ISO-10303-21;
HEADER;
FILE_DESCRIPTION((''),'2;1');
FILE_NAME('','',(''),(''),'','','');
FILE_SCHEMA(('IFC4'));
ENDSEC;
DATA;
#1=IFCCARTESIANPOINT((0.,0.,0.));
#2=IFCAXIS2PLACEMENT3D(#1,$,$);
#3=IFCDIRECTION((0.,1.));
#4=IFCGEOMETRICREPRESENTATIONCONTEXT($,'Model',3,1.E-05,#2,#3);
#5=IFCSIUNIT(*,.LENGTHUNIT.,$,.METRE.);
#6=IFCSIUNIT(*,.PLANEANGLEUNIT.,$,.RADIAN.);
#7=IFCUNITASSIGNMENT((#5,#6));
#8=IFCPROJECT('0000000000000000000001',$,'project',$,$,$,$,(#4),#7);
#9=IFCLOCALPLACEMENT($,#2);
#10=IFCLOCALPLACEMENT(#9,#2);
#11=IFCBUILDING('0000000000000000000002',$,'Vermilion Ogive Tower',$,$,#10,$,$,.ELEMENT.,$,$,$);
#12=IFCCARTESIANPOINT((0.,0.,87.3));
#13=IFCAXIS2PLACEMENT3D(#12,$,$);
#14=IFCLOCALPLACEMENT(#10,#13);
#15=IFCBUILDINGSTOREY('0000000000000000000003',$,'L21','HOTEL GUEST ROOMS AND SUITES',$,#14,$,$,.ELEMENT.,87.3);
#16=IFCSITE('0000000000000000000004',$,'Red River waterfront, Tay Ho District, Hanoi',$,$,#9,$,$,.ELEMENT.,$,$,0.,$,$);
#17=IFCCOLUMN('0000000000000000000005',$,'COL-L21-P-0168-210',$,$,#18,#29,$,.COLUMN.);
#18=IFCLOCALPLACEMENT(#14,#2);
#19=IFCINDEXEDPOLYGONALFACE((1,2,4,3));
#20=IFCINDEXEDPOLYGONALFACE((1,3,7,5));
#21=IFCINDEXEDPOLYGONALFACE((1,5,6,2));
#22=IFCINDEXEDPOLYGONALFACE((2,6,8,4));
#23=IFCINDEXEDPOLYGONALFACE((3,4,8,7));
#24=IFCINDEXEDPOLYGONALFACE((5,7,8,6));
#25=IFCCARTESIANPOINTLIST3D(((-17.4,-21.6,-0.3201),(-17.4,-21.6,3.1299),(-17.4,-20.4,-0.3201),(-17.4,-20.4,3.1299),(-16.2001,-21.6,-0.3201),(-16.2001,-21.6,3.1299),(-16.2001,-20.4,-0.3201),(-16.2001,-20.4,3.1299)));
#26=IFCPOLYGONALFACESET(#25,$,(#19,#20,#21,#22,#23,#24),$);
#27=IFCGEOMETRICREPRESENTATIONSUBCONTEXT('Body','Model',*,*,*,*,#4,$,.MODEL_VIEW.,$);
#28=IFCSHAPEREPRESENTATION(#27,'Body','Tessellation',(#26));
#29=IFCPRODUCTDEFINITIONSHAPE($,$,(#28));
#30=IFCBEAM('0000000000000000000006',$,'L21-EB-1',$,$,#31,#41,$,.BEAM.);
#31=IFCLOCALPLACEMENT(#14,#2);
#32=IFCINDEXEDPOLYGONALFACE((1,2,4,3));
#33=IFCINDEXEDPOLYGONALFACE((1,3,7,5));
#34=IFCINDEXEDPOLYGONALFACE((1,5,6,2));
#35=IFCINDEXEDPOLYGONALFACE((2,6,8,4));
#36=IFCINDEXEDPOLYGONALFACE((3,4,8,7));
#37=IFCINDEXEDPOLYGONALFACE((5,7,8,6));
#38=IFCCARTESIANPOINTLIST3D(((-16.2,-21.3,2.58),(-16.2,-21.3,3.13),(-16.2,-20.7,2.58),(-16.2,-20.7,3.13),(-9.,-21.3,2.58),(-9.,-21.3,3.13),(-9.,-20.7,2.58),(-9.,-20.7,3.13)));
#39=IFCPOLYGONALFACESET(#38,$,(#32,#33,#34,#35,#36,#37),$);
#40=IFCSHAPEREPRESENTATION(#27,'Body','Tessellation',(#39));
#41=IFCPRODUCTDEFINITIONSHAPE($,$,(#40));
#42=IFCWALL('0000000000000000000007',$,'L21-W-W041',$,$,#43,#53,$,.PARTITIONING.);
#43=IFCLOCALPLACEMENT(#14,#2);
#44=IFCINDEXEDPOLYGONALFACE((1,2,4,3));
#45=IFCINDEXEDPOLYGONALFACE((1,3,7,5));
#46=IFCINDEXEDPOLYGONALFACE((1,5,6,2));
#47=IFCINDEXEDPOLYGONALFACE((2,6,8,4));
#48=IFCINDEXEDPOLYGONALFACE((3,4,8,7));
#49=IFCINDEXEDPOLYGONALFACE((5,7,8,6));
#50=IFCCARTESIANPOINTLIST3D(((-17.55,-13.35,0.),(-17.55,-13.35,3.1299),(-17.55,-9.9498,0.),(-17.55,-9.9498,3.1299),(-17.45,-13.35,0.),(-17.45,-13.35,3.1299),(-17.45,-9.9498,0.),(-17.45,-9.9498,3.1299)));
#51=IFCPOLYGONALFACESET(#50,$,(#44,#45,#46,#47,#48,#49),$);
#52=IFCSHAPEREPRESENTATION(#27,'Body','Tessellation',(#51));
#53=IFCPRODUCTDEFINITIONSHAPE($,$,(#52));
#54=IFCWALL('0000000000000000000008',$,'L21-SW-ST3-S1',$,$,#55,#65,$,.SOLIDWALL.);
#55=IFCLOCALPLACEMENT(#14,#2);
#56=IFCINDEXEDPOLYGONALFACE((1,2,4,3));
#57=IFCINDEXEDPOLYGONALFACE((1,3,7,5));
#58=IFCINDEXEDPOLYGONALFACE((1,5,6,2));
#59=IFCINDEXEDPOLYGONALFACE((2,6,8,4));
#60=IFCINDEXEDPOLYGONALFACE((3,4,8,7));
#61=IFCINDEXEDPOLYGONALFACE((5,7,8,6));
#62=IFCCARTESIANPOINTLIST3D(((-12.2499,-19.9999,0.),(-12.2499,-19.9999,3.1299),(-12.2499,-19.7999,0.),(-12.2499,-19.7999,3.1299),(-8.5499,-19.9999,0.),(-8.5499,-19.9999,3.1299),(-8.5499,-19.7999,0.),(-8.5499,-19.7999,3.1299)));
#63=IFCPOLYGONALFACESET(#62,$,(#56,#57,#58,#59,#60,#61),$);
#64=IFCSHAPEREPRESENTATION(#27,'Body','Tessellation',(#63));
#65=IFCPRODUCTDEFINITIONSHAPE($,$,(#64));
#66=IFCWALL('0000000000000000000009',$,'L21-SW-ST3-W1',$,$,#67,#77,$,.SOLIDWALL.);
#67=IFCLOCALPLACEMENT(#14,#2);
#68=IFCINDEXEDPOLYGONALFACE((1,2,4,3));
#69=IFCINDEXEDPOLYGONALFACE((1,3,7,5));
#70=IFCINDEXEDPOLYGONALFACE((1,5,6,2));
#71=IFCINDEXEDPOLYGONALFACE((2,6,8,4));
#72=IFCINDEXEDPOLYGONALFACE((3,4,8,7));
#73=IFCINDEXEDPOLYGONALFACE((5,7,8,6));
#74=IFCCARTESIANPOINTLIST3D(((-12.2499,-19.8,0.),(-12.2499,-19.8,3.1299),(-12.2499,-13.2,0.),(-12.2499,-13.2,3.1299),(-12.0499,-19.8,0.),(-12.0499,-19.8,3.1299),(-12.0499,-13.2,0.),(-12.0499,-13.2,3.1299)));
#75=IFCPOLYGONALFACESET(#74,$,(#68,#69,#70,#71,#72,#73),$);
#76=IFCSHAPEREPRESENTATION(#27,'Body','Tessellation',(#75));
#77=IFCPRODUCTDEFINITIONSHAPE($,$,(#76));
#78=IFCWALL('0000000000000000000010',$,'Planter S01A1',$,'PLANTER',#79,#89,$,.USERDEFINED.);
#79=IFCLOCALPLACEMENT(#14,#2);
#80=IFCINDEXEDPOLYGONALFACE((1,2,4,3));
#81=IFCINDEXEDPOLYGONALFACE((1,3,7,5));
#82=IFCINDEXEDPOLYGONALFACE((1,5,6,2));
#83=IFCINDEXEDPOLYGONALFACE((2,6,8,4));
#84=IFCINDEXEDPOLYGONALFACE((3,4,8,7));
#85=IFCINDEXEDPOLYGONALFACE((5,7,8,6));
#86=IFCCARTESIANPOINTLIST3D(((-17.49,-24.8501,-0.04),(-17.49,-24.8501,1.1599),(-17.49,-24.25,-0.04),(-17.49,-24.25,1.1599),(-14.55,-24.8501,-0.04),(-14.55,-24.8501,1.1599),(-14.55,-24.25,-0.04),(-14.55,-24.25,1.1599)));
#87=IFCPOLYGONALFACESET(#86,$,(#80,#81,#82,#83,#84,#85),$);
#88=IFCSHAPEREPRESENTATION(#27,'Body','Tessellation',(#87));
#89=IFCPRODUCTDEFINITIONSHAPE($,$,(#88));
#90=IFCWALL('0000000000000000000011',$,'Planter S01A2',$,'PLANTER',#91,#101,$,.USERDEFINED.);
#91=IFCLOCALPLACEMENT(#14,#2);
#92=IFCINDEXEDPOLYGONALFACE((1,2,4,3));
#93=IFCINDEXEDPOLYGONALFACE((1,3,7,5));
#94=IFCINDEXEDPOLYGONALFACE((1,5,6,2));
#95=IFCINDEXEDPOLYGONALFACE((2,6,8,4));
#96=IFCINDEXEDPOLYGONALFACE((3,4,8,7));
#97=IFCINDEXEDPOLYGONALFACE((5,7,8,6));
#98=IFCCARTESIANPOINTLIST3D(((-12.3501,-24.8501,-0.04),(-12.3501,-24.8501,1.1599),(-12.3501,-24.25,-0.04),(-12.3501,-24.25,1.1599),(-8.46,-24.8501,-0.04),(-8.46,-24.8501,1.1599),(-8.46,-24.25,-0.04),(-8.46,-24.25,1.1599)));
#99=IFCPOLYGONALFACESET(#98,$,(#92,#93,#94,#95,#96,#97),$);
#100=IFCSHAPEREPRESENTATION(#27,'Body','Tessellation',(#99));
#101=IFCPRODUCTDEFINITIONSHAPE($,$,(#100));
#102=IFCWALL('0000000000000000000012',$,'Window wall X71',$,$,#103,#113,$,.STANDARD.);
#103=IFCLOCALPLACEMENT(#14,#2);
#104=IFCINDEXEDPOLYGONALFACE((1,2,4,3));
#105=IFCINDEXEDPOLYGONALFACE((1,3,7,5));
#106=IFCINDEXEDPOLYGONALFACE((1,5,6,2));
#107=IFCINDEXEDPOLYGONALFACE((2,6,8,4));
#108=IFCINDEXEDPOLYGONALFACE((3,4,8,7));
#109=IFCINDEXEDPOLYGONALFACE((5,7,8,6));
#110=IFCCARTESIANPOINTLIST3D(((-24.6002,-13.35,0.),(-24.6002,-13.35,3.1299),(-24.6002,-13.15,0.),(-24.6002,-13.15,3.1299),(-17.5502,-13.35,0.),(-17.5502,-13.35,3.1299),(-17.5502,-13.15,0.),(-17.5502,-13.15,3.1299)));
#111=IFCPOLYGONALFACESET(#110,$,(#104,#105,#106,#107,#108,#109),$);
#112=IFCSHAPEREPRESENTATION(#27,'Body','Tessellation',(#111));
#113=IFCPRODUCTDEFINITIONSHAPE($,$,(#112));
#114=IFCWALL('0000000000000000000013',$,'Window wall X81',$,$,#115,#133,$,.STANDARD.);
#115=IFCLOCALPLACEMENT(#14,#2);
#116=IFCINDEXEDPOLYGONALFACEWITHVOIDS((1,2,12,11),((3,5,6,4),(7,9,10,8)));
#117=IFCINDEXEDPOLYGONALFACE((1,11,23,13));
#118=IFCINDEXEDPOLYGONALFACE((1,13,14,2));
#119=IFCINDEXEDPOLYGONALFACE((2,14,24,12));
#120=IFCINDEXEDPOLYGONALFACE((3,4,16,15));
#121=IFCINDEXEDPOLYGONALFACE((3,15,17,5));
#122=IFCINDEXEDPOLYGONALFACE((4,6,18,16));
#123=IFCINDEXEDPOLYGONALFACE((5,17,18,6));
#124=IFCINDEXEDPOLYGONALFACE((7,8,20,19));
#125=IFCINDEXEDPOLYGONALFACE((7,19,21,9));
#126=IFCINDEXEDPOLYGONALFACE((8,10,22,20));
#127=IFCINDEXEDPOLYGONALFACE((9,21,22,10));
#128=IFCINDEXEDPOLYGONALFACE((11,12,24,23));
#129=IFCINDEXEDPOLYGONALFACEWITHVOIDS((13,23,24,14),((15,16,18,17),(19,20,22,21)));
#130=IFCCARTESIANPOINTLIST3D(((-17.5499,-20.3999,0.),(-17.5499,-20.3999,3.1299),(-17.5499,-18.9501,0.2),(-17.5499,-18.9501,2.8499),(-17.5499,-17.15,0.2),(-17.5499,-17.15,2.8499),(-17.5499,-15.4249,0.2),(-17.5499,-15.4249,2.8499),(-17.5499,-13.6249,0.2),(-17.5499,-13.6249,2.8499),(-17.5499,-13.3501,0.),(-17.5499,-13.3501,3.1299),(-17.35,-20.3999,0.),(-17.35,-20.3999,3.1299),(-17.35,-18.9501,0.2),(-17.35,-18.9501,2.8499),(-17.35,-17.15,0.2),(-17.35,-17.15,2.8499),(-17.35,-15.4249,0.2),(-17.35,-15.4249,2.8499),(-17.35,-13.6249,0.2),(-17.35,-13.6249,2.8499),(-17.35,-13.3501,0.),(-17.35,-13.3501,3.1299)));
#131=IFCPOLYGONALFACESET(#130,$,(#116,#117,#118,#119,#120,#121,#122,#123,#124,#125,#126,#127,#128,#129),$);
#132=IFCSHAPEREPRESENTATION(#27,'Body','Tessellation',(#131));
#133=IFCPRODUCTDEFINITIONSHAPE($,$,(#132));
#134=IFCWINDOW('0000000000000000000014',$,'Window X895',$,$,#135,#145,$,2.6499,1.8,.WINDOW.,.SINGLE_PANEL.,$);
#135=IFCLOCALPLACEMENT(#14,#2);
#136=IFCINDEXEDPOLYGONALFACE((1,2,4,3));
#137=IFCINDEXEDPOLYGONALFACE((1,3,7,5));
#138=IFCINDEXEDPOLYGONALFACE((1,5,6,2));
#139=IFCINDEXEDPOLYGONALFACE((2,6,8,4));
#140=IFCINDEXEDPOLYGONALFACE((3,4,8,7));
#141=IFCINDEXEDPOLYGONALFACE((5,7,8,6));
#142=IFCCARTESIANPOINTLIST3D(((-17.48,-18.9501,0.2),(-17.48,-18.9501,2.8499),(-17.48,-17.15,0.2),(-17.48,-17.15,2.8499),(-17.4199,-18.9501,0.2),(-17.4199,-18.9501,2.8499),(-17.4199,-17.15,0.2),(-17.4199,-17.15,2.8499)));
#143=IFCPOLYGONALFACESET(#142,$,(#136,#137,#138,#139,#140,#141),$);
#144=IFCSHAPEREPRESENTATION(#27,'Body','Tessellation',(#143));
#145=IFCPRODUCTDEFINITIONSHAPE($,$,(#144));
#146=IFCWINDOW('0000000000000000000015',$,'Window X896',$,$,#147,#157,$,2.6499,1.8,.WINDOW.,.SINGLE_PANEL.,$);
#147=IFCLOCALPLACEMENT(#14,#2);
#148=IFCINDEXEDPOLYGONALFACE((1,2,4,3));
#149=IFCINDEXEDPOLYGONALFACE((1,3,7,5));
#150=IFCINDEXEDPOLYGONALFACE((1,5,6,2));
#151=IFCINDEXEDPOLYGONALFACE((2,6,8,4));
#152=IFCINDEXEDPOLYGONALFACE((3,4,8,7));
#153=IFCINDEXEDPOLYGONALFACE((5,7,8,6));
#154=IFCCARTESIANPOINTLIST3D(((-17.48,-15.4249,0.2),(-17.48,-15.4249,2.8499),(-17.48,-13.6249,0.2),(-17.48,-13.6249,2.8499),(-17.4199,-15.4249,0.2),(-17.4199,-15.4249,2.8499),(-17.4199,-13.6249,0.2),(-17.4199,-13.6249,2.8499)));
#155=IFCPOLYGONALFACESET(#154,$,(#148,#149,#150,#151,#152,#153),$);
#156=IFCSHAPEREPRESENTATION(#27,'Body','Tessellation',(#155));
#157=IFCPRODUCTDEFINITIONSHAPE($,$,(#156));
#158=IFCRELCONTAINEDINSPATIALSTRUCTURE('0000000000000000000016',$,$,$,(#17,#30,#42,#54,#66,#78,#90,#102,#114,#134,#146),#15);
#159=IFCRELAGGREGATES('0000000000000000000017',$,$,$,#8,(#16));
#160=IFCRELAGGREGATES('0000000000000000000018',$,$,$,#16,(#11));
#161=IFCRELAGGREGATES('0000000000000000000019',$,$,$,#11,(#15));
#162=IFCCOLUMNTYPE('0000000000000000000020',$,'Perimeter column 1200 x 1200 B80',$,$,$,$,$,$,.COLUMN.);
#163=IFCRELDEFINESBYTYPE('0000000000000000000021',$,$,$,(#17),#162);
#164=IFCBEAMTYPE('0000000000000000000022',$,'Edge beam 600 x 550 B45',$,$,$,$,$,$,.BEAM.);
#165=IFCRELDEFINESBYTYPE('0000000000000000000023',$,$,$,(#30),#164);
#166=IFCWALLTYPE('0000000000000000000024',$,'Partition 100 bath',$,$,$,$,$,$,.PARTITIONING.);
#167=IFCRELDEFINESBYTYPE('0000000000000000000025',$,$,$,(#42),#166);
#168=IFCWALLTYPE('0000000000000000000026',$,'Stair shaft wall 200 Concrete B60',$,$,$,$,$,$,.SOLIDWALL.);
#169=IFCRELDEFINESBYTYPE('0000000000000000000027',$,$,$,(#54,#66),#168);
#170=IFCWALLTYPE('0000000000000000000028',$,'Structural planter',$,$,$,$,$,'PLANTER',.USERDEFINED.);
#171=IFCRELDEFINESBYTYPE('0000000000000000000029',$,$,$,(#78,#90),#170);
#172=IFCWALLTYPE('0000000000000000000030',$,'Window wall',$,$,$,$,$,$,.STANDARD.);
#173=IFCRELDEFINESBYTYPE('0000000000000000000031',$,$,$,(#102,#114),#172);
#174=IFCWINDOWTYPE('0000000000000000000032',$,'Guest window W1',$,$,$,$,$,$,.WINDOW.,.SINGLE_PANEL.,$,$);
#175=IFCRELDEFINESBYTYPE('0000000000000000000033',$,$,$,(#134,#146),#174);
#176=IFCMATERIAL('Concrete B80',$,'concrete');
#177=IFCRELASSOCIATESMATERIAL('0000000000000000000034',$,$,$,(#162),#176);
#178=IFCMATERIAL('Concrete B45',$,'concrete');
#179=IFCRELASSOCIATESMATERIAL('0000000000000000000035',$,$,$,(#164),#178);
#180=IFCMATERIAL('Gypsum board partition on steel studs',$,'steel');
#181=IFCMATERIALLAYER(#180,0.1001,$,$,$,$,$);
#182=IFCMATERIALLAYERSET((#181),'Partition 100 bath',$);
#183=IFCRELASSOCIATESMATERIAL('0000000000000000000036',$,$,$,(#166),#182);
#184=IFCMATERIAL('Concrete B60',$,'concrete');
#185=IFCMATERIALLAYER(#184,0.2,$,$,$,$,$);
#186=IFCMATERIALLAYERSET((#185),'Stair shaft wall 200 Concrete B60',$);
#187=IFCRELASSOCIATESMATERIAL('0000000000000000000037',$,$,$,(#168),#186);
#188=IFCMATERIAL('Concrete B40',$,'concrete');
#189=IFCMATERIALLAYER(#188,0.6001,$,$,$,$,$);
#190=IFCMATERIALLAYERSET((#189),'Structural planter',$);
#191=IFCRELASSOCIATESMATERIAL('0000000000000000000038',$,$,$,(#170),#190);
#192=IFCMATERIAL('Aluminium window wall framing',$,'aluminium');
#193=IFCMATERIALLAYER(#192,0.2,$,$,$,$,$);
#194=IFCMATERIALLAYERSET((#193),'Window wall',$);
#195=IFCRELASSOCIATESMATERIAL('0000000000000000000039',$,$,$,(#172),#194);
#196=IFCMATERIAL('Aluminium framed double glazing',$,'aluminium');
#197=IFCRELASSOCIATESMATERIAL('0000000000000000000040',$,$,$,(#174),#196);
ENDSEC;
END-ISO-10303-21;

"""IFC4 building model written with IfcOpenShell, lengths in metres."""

from ifc_helpers import new_model, si_unit, direction, frame, frame_2d, origin, origin_2d, place, context, subcontext, project, spatial, rectangle, extrude, material, layer, layer_set, material_profile, profile_set, type_object, element, fill, save


model = new_model("IFC4")

# Units and contexts
model_context = context("Model", 3, precision=1e-05, world=origin(), true_north=direction((0.0, 1.0)))
body_context = subcontext(model_context, "Body", "Model", "MODEL_VIEW")
ifc_project = project(units=[si_unit("LENGTHUNIT", "METRE"), si_unit("PLANEANGLEUNIT", "RADIAN")], contexts=[model_context])

# Site, building, storey
site_placement = place(None, origin())
site = spatial("IfcSite", under=ifc_project, at=site_placement, Name="Red River waterfront, Tay Ho District, Hanoi", CompositionType="ELEMENT", RefElevation=0.0)
building_placement = place(site_placement, origin())
building = spatial("IfcBuilding", under=site, at=building_placement, Name="Vermilion Ogive Tower", CompositionType="ELEMENT")
storey_placement = place(building_placement, frame((0.0, 0.0, 87.3)))
storey = spatial("IfcBuildingStorey", under=building, at=storey_placement, Name="L21", Description="HOTEL GUEST ROOMS AND SUITES", CompositionType="ELEMENT", Elevation=87.3)

# Column
ifc_material_1 = material(Name="Concrete B80", Category="concrete")
ifc_material_profile_1 = material_profile(ifc_material_1, rectangle(XDim=1.2, YDim=1.2, at=origin_2d()), Name="1200 x 1200")
ifc_profile_set_1 = profile_set([ifc_material_profile_1], Name="Concrete B80")
column_type = type_object("IfcColumnType", Name="Perimeter column 1200 x 1200 B80", PredefinedType="COLUMN", material=ifc_profile_set_1)
column_placement = place(storey_placement, frame((-16.8, -21.0, -0.3201), z_axis=(0.0, 0.0, 1.0), x_axis=(1.0, 0.0, 0.0)))
element("IfcColumn", 1, at=column_placement, inside=storey, type_object=column_type, Name="COL-L21-P-0168-210", PredefinedType="COLUMN", context=body_context, shape_type="SweptSolid", body=[
    extrude(rectangle(XDim=1.2, YDim=1.2, at=origin_2d()), origin(), (0.0, 0.0, 1.0), 3.45),
])

# Beam
ifc_material_2 = material(Name="Concrete B45", Category="concrete")
ifc_material_profile_2 = material_profile(ifc_material_2, rectangle(XDim=0.6001, YDim=0.55, at=origin_2d()), Name="600 x 550")
ifc_profile_set_2 = profile_set([ifc_material_profile_2], Name="Concrete B45")
beam_type = type_object("IfcBeamType", Name="Edge beam 600 x 550 B45", PredefinedType="BEAM", material=ifc_profile_set_2)
beam_placement = place(storey_placement, frame((-16.2, -21.0, 2.855), z_axis=(1.0, 0.0, 0.0), x_axis=(0.0, 1.0, 0.0)))
element("IfcBeam", 2, at=beam_placement, inside=storey, type_object=beam_type, Name="L21-EB-1", PredefinedType="BEAM", context=body_context, shape_type="SweptSolid", body=[
    extrude(rectangle(XDim=0.6001, YDim=0.55, at=origin_2d()), origin(), (0.0, 0.0, 1.0), 7.2),
])

# Walls
ifc_material_3 = material(Name="Gypsum board partition on steel studs", Category="steel")
ifc_layer_1 = layer(ifc_material_3, 0.1001)
ifc_layer_set_1 = layer_set([ifc_layer_1], Name="Partition 100 bath")
wall_type_1 = type_object("IfcWallType", Name="Partition 100 bath", PredefinedType="PARTITIONING", material=ifc_layer_set_1)
wall_1_placement = place(storey_placement, frame((-17.5, -13.3501, 0.0), z_axis=(0.0, 0.0, 1.0), x_axis=(0.0, 1.0, 0.0)))
element("IfcWall", 3, at=wall_1_placement, inside=storey, type_object=wall_type_1, Name="L21-W-W041", PredefinedType="PARTITIONING", context=body_context, shape_type="SweptSolid", body=[
    extrude(rectangle(XDim=3.4001, YDim=0.1001, at=frame_2d((1.7002, 0.0))), origin(), (0.0, 0.0, 1.0), 3.1299),
])
ifc_material_4 = material(Name="Concrete B60", Category="concrete")
ifc_layer_2 = layer(ifc_material_4, 0.2)
ifc_layer_set_2 = layer_set([ifc_layer_2], Name="Stair shaft wall 200 Concrete B60")
wall_type_2 = type_object("IfcWallType", Name="Stair shaft wall 200 Concrete B60", PredefinedType="SOLIDWALL", material=ifc_layer_set_2)
wall_2_placement = place(storey_placement, frame((-12.25, -19.8999, 0.0), z_axis=(0.0, 0.0, 1.0), x_axis=(1.0, 0.0, 0.0)))
element("IfcWall", 4, at=wall_2_placement, inside=storey, type_object=wall_type_2, Name="L21-SW-ST3-S1", PredefinedType="SOLIDWALL", context=body_context, shape_type="SweptSolid", body=[
    extrude(rectangle(XDim=3.7, YDim=0.2, at=frame_2d((1.8501, 0.0))), origin(), (0.0, 0.0, 1.0), 3.1299),
])
wall_3_placement = place(storey_placement, frame((-12.1499, -19.8, 0.0), z_axis=(0.0, 0.0, 1.0), x_axis=(0.0, 1.0, 0.0)))
element("IfcWall", 5, at=wall_3_placement, inside=storey, type_object=wall_type_2, Name="L21-SW-ST3-W1", PredefinedType="SOLIDWALL", context=body_context, shape_type="SweptSolid", body=[
    extrude(rectangle(XDim=6.6001, YDim=0.2, at=frame_2d((3.3, 0.0))), origin(), (0.0, 0.0, 1.0), 3.1299),
])
ifc_material_5 = material(Name="Concrete B40", Category="concrete")
ifc_layer_3 = layer(ifc_material_5, 0.6001)
ifc_layer_set_3 = layer_set([ifc_layer_3], Name="Structural planter")
wall_type_3 = type_object("IfcWallType", Name="Structural planter", ElementType="PLANTER", PredefinedType="USERDEFINED", material=ifc_layer_set_3)
wall_4_placement = place(storey_placement, frame((-17.49, -24.55, -0.04), z_axis=(0.0, 0.0, 1.0), x_axis=(1.0, 0.0, 0.0)))
element("IfcWall", 6, at=wall_4_placement, inside=storey, type_object=wall_type_3, Name="Planter S01A1", ObjectType="PLANTER", PredefinedType="USERDEFINED", context=body_context, shape_type="SweptSolid", body=[
    extrude(rectangle(XDim=2.9399, YDim=0.6001, at=frame_2d((1.47, 0.0))), origin(), (0.0, 0.0, 1.0), 1.2),
])
wall_5_placement = place(storey_placement, frame((-12.3501, -24.55, -0.04), z_axis=(0.0, 0.0, 1.0), x_axis=(1.0, 0.0, 0.0)))
element("IfcWall", 7, at=wall_5_placement, inside=storey, type_object=wall_type_3, Name="Planter S01A2", ObjectType="PLANTER", PredefinedType="USERDEFINED", context=body_context, shape_type="SweptSolid", body=[
    extrude(rectangle(XDim=3.8901, YDim=0.6001, at=frame_2d((1.9451, 0.0))), origin(), (0.0, 0.0, 1.0), 1.2),
])

# Shared definitions
ifc_material_6 = material(Name="Aluminium window wall framing", Category="aluminium")
ifc_layer_4 = layer(ifc_material_6, 0.2)
ifc_layer_set_4 = layer_set([ifc_layer_4], Name="Window wall")
wall_type_4 = type_object("IfcWallType", Name="Window wall", PredefinedType="STANDARD", material=ifc_layer_set_4)
ifc_material_7 = material(Name="Aluminium framed double glazing", Category="aluminium")
window_type = type_object("IfcWindowType", Name="Guest window W1", PartitioningType="SINGLE_PANEL", PredefinedType="WINDOW", material=ifc_material_7)

# Wall
wall_6_placement = place(storey_placement, frame((-24.6001, -13.25, 0.0), z_axis=(0.0, 0.0, 1.0), x_axis=(1.0, 0.0, 0.0)))
element("IfcWall", 8, at=wall_6_placement, inside=storey, type_object=wall_type_4, Name="Window wall X71", PredefinedType="STANDARD", context=body_context, shape_type="SweptSolid", body=[
    extrude(rectangle(XDim=7.05, YDim=0.2, at=frame_2d((3.5249, 0.0))), origin(), (0.0, 0.0, 1.0), 3.1299),
])

# Wall, openings, windows
wall_7_placement = place(storey_placement, frame((-17.45, -13.3501, 0.0), z_axis=(0.0, 0.0, 1.0), x_axis=(0.0, -1.0, 0.0)))
wall_7 = element("IfcWall", 9, at=wall_7_placement, inside=storey, type_object=wall_type_4, Name="Window wall X81", PredefinedType="STANDARD", context=body_context, shape_type="SweptSolid", body=[
    extrude(rectangle(XDim=7.0498, YDim=0.2, at=frame_2d((3.5249, 0.0))), origin(), (0.0, 0.0, 1.0), 3.1299),
])
opening_1_placement = place(wall_7_placement, frame((3.8, 0.0, 0.2)))
opening_1 = element("IfcOpeningElement", 10, at=opening_1_placement, cuts=wall_7, PredefinedType="OPENING", context=body_context, shape_type="SweptSolid", body=[
    extrude(rectangle(XDim=1.8, YDim=2.6499, at=frame_2d((0.8999, 1.325))), frame((0.0, 0.1099, 0.0), z_axis=(0.0, -1.0, 0.0), x_axis=(1.0, 0.0, 0.0)), (0.0, 0.0, 1.0), 0.22),
])
opening_2_placement = place(wall_7_placement, frame((0.2749, 0.0, 0.2)))
opening_2 = element("IfcOpeningElement", 11, at=opening_2_placement, cuts=wall_7, PredefinedType="OPENING", context=body_context, shape_type="SweptSolid", body=[
    extrude(rectangle(XDim=1.8, YDim=2.6499, at=frame_2d((0.8999, 1.325))), frame((0.0, 0.1099, 0.0), z_axis=(0.0, -1.0, 0.0), x_axis=(1.0, 0.0, 0.0)), (0.0, 0.0, 1.0), 0.22),
])
window_1_placement = place(opening_1_placement, origin())
window_1 = element("IfcWindow", 12, at=window_1_placement, inside=storey, type_object=window_type, Name="Window X895", OverallHeight=2.6499, OverallWidth=1.8, PartitioningType="SINGLE_PANEL", PredefinedType="WINDOW", context=body_context, shape_type="SweptSolid", body=[
    extrude(rectangle(XDim=1.8, YDim=2.6499, at=frame_2d((0.8999, 1.325))), frame((0.0, 0.03, 0.0), z_axis=(0.0, -1.0, 0.0), x_axis=(1.0, 0.0, 0.0)), (0.0, 0.0, 1.0), 0.0601),
])
fill(opening_1, window_1)
window_2_placement = place(opening_2_placement, origin())
window_2 = element("IfcWindow", 13, at=window_2_placement, inside=storey, type_object=window_type, Name="Window X896", OverallHeight=2.6499, OverallWidth=1.8, PartitioningType="SINGLE_PANEL", PredefinedType="WINDOW", context=body_context, shape_type="SweptSolid", body=[
    extrude(rectangle(XDim=1.8, YDim=2.6499, at=frame_2d((0.8999, 1.325))), frame((0.0, 0.03, 0.0), z_axis=(0.0, -1.0, 0.0), x_axis=(1.0, 0.0, 0.0)), (0.0, 0.0, 1.0), 0.0601),
])
fill(opening_2, window_2)

save(model, "model.ifc")
